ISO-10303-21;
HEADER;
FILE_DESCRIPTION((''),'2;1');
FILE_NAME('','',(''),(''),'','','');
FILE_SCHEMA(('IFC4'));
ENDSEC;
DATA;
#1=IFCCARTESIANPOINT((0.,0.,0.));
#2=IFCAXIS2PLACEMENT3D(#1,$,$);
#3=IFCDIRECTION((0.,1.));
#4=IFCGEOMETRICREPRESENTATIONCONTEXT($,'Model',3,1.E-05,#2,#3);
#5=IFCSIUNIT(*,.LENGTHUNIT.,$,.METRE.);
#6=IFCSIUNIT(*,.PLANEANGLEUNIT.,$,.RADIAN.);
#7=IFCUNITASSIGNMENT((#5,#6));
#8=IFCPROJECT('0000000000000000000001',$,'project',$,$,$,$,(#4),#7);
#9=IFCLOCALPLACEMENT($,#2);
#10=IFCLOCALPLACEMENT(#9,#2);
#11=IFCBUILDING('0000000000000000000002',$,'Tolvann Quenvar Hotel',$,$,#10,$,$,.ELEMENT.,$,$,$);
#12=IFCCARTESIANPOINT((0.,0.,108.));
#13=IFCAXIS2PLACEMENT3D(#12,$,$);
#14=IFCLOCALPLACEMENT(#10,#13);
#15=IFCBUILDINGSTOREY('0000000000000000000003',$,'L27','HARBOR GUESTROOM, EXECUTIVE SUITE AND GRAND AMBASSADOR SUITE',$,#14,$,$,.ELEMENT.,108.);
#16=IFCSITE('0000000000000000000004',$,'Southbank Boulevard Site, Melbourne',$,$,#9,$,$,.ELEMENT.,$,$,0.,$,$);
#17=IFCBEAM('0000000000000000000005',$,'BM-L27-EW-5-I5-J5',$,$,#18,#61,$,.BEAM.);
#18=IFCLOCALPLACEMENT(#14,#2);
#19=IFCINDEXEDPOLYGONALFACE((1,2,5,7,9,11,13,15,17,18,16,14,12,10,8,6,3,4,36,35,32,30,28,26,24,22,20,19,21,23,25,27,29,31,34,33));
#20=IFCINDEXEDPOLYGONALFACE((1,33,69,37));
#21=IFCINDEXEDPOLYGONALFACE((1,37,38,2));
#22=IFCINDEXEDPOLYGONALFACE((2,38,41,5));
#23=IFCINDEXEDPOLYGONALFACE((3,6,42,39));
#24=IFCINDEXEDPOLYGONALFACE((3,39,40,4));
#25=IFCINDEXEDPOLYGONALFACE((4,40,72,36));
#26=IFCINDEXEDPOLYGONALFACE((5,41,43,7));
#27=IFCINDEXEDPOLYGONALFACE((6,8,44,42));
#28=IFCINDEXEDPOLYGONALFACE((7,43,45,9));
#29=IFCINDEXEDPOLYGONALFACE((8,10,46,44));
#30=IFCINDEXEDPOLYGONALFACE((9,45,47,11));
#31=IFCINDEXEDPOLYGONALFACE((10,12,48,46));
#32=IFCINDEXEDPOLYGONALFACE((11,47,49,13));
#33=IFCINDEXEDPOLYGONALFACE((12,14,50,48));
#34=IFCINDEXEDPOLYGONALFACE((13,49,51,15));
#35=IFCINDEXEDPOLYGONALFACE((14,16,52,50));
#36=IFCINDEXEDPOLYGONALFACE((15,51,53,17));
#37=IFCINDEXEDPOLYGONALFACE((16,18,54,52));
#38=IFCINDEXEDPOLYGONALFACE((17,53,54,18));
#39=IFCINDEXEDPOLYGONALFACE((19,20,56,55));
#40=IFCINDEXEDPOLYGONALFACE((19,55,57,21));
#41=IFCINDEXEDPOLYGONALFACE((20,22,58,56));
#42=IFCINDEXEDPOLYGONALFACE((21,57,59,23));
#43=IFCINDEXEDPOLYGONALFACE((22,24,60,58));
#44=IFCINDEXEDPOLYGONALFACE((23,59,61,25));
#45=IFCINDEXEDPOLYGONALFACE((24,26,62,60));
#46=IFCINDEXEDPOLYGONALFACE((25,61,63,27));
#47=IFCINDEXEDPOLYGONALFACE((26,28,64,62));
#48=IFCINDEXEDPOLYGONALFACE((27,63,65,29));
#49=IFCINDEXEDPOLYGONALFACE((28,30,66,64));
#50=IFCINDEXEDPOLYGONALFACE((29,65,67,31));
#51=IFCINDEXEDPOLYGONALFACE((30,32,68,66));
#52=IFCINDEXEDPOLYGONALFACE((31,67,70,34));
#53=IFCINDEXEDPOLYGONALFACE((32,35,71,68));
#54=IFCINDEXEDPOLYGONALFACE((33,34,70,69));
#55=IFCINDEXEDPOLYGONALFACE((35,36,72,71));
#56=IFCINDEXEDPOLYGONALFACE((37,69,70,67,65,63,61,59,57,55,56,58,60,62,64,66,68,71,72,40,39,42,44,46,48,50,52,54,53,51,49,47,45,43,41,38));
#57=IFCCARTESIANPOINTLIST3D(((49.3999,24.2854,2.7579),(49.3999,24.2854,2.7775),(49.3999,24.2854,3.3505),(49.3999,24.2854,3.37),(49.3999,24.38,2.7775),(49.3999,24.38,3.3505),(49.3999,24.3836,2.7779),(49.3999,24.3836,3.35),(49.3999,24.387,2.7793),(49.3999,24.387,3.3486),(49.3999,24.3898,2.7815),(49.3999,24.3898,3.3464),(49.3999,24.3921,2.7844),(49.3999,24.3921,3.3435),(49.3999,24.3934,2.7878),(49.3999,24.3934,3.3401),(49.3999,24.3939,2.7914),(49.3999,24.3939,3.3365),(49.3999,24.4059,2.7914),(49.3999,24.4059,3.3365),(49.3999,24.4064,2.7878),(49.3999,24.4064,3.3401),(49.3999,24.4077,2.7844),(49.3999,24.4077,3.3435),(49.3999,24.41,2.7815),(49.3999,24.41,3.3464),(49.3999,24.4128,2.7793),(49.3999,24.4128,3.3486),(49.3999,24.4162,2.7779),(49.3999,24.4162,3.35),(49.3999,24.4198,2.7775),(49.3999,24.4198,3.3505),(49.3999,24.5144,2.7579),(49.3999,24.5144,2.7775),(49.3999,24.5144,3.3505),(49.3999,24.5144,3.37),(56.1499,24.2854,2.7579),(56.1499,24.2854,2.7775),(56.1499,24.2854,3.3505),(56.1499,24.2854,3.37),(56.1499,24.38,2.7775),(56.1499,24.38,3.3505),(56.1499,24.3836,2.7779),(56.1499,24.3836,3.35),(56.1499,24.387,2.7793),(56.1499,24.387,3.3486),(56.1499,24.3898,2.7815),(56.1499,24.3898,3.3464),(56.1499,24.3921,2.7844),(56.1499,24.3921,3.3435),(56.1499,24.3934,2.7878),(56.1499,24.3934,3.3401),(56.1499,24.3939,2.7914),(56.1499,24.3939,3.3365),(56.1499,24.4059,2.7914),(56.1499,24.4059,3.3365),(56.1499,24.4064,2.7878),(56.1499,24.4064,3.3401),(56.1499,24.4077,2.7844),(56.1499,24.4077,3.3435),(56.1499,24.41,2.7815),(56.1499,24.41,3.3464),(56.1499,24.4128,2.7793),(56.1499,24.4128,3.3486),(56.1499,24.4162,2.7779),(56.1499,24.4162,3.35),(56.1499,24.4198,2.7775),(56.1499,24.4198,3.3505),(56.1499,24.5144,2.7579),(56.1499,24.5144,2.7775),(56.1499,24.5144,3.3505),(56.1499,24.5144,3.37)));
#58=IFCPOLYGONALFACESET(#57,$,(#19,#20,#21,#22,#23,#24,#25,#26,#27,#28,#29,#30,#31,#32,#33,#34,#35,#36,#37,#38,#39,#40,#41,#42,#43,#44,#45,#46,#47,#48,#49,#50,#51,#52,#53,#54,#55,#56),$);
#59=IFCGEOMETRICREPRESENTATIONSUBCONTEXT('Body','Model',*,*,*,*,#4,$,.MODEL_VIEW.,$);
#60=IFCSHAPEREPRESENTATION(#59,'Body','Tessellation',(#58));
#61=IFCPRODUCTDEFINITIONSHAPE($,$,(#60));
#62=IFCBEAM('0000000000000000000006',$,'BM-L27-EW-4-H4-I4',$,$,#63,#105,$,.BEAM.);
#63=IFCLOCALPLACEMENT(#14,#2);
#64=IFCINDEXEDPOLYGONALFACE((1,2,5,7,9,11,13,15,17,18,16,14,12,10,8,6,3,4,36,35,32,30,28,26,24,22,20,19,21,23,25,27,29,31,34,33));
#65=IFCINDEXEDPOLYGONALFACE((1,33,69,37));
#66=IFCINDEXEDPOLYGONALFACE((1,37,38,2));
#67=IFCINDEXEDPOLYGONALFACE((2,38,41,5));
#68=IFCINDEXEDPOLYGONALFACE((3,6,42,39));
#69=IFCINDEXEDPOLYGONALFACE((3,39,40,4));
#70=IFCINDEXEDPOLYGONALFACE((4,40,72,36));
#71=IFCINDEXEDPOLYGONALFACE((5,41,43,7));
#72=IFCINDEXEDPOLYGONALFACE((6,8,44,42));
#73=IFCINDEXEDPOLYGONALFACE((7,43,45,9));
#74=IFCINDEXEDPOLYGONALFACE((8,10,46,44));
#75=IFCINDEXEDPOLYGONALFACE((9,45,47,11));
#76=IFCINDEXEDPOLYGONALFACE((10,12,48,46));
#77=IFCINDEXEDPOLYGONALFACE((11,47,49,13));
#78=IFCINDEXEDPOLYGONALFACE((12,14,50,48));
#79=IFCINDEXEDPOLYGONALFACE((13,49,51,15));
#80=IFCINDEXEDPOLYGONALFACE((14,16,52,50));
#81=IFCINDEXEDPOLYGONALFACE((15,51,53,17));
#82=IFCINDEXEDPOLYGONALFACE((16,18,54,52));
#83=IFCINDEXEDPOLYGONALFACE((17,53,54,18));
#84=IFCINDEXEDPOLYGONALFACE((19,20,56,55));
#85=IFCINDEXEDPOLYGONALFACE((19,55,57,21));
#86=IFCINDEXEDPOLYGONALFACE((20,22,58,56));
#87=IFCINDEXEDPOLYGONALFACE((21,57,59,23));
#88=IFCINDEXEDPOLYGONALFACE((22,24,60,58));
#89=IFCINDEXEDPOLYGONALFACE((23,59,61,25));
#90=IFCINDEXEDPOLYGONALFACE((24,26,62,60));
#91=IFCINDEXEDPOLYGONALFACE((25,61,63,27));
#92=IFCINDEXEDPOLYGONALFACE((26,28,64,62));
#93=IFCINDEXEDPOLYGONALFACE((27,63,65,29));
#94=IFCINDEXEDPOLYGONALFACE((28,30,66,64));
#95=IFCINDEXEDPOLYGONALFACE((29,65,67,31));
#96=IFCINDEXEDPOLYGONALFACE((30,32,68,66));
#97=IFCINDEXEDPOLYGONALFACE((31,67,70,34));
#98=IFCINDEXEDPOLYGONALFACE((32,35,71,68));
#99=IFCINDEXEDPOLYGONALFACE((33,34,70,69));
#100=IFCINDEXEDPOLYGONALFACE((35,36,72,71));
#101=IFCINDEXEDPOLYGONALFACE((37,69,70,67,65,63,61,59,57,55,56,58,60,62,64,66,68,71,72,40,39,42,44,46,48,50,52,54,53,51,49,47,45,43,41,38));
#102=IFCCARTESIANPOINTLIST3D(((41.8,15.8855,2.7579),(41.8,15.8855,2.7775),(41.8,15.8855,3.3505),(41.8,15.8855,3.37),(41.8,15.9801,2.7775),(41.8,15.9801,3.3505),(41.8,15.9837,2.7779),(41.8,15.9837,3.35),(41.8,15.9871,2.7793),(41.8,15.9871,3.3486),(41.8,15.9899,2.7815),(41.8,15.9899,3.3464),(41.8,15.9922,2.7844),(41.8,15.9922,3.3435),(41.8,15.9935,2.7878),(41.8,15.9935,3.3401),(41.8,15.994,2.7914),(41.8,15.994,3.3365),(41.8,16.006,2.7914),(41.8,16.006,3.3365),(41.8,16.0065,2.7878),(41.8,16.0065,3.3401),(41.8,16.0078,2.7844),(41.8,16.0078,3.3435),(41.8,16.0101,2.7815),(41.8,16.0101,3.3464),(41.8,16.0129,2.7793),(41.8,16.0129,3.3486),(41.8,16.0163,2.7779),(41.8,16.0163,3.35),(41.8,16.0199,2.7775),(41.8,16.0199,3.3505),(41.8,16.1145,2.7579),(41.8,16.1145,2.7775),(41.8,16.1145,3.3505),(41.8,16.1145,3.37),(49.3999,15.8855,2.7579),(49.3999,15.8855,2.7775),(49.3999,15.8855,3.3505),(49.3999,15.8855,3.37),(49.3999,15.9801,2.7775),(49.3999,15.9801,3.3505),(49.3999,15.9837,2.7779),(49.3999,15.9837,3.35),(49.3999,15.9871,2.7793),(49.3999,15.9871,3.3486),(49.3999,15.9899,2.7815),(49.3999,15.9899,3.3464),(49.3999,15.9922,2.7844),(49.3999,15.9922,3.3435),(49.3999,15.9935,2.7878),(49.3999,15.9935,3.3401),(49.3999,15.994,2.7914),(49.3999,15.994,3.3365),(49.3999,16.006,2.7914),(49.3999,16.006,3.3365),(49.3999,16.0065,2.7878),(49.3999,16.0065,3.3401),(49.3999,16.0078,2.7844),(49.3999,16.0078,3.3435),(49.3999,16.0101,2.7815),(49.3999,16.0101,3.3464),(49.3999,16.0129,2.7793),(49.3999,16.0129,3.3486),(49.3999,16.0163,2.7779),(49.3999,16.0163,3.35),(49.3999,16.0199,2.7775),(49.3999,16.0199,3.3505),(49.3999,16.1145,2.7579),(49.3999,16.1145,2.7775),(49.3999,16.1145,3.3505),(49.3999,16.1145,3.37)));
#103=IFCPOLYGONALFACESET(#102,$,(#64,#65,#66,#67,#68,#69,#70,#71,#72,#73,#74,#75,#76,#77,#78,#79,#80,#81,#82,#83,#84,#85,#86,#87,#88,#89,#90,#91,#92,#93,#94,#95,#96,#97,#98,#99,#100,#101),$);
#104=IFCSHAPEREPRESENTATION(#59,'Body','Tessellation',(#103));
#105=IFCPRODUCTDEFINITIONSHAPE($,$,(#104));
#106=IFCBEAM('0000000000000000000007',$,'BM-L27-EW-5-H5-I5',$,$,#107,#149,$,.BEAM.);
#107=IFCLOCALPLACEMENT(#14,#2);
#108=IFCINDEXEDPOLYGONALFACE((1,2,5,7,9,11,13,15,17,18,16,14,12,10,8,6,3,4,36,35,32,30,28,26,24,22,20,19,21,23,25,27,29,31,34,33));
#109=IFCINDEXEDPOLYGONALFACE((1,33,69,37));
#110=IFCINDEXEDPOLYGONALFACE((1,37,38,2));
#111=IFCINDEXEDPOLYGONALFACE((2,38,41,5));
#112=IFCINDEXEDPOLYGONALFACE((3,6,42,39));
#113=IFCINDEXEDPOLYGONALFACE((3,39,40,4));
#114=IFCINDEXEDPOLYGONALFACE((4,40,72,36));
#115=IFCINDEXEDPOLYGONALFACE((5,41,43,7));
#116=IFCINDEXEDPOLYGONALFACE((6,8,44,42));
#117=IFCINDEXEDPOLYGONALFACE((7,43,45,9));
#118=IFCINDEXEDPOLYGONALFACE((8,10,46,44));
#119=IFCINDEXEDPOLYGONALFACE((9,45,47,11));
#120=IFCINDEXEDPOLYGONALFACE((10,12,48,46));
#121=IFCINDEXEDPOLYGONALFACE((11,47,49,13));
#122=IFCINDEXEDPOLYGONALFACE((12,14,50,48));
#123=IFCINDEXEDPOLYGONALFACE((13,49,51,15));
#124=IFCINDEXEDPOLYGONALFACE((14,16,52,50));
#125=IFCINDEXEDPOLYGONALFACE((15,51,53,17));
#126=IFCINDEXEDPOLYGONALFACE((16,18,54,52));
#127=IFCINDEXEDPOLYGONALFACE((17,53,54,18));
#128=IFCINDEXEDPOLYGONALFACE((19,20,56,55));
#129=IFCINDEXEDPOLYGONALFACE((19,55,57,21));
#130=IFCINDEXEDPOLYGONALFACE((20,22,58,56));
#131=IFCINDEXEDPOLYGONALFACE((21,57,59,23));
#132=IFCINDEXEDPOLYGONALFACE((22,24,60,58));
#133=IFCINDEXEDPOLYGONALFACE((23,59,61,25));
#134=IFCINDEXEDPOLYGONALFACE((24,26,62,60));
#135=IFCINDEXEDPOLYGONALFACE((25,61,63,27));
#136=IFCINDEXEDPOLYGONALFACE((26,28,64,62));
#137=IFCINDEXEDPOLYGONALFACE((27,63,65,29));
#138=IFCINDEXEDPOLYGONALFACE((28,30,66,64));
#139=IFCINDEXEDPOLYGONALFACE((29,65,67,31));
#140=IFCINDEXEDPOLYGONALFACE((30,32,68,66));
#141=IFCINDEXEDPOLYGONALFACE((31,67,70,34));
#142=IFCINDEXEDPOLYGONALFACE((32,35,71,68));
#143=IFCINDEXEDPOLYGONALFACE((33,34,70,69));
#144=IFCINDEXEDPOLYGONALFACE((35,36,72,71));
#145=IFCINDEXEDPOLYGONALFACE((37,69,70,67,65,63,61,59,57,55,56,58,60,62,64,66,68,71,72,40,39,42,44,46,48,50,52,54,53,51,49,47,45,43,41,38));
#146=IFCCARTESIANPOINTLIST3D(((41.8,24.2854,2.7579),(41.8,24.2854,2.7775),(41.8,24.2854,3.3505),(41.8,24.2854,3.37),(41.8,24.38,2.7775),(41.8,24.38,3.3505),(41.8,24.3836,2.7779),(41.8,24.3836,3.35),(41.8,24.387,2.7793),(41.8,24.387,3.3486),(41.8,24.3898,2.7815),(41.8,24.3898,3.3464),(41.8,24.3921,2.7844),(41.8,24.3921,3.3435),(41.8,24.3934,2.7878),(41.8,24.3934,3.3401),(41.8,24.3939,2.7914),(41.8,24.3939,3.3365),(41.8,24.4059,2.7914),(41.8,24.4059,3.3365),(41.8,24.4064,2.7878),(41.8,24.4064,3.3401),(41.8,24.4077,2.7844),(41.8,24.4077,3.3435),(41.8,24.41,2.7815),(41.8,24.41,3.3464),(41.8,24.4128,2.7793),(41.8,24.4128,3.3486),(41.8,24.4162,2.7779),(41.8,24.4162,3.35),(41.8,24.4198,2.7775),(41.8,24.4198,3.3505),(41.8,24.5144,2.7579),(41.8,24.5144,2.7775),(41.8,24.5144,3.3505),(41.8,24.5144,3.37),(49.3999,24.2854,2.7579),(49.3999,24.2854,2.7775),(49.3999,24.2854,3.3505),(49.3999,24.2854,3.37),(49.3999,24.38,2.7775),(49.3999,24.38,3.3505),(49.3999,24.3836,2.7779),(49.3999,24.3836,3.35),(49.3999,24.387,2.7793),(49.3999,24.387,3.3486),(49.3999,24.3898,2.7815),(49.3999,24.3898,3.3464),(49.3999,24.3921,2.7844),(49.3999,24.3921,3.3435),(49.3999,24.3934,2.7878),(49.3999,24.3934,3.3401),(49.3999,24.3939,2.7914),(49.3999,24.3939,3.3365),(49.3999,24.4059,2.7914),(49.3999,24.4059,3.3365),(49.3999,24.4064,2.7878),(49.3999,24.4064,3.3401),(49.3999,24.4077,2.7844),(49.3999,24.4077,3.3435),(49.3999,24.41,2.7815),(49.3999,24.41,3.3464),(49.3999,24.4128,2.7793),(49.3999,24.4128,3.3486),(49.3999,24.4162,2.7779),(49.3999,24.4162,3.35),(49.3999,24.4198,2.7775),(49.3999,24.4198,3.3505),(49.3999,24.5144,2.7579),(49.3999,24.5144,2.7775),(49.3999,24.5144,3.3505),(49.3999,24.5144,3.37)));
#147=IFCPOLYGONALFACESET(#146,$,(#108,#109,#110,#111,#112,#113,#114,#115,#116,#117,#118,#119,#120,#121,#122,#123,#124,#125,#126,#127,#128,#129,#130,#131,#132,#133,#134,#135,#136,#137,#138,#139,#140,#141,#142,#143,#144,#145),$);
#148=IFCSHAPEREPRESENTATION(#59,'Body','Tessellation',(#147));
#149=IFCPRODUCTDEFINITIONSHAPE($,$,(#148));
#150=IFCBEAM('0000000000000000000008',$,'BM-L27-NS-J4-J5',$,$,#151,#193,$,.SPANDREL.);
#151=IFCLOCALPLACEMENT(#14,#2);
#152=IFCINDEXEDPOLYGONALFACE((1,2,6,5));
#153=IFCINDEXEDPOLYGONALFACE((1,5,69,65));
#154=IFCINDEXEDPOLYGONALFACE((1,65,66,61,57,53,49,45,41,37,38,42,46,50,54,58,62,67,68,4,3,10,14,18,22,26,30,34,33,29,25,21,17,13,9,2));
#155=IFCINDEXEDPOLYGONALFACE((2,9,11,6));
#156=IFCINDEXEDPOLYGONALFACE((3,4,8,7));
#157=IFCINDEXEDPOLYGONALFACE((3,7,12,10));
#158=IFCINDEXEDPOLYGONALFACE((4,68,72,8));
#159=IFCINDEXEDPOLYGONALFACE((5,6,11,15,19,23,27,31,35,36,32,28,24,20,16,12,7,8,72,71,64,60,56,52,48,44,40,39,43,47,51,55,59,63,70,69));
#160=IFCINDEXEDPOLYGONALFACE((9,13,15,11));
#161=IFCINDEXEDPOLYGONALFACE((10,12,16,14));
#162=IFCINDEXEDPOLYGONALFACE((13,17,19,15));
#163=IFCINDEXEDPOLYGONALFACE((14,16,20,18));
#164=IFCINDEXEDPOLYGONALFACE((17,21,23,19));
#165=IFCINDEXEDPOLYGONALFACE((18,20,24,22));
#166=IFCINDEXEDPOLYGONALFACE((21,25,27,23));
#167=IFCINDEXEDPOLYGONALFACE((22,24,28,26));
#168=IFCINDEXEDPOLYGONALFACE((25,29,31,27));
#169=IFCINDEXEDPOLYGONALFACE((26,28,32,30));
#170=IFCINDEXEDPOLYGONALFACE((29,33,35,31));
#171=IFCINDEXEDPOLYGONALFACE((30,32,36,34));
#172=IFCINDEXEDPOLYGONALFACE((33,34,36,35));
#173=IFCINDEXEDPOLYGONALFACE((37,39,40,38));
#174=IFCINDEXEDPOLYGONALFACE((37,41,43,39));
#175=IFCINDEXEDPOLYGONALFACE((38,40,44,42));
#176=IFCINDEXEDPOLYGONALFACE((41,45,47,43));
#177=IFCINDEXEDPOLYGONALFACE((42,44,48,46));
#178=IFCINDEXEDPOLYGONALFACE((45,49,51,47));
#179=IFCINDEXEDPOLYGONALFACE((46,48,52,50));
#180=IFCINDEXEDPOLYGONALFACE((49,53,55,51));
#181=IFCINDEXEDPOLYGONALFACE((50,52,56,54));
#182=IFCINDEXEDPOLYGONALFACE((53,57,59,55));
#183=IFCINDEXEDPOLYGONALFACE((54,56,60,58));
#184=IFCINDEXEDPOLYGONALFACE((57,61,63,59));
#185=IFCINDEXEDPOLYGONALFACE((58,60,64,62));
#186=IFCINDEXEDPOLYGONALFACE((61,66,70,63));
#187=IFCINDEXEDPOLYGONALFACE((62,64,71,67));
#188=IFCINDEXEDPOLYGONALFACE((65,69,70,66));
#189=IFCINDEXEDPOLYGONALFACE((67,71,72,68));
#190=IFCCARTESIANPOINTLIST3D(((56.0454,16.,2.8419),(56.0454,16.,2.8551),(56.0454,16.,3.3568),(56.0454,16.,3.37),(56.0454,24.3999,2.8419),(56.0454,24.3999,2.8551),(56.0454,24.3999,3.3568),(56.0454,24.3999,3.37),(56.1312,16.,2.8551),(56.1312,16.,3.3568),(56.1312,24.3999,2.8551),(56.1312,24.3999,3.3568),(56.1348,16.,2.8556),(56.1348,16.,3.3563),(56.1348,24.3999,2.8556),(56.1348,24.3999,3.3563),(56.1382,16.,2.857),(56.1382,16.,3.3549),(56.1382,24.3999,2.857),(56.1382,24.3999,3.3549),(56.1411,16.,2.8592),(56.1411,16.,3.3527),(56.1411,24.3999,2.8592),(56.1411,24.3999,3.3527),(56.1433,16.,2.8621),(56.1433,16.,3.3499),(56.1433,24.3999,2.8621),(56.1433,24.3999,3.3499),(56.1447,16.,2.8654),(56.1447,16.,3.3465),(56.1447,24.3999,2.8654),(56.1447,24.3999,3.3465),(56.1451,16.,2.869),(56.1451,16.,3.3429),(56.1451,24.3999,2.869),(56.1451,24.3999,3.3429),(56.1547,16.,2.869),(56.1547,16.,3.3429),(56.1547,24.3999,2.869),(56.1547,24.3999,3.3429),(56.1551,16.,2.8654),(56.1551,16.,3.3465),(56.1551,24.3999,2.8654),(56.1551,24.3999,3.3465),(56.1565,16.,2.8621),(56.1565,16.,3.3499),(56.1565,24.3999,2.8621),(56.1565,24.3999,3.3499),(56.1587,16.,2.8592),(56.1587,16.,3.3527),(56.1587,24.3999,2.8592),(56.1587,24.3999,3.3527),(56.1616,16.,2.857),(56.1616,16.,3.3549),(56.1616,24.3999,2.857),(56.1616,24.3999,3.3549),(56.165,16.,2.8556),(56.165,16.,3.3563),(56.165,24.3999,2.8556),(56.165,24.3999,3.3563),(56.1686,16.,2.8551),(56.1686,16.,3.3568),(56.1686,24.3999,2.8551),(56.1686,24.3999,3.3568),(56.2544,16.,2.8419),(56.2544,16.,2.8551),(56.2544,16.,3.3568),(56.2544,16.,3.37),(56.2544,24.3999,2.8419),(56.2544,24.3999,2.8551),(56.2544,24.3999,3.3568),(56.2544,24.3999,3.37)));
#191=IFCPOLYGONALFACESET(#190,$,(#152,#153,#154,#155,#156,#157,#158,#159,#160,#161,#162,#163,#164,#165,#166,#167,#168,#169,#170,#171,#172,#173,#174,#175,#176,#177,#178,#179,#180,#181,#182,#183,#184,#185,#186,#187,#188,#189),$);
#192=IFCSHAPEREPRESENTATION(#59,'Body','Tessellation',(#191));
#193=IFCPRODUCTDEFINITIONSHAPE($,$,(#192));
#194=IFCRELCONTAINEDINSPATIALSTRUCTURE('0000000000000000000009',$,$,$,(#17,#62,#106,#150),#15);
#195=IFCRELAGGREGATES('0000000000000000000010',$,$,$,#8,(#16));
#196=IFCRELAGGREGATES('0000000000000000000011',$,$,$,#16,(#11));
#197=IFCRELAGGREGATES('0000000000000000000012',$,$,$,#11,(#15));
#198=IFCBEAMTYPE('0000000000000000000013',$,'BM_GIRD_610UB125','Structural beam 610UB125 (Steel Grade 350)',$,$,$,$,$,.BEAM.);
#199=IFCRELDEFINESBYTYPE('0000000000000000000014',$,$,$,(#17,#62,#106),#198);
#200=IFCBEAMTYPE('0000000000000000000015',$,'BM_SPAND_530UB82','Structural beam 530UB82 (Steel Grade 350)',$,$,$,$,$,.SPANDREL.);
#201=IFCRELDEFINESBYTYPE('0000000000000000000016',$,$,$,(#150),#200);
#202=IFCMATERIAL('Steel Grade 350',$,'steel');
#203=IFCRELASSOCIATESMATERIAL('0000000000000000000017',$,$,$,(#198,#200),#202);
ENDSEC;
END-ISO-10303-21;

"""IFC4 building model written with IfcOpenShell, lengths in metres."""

from ifc_helpers import new_model, si_unit, direction, frame, origin, origin_2d, place, context, subcontext, project, spatial, i_section, extrude, source, transform, mapped, material, material_profile, profile_set, type_object, type_shapes, element, save


model = new_model("IFC4")

# Units and contexts
model_context = context("Model", 3, precision=1e-05, world=origin(), true_north=direction((0.0, 1.0)))
body_context = subcontext(model_context, "Body", "Model", "MODEL_VIEW")
ifc_project = project(units=[si_unit("LENGTHUNIT", "METRE"), si_unit("PLANEANGLEUNIT", "RADIAN")], contexts=[model_context])

# Site, building, storey
site_placement = place(None, origin())
site = spatial("IfcSite", under=ifc_project, at=site_placement, Name="Southbank Boulevard Site, Melbourne", CompositionType="ELEMENT", RefElevation=0.0)
building_placement = place(site_placement, origin())
building = spatial("IfcBuilding", under=site, at=building_placement, Name="Tolvann Quenvar Hotel", CompositionType="ELEMENT")
storey_placement = place(building_placement, frame((0.0, 0.0, 108.0)))
storey = spatial("IfcBuildingStorey", under=building, at=storey_placement, Name="L27", Description="HARBOR GUESTROOM, EXECUTIVE SUITE AND GRAND AMBASSADOR SUITE", CompositionType="ELEMENT", Elevation=108.0)

# Shared definitions
ifc_material_1 = material(Name="Steel Grade 350", Category="steel")

# Beams
ifc_material_profile_1 = material_profile(ifc_material_1, i_section(OverallWidth=0.229, OverallDepth=0.6121, WebThickness=0.012, FlangeThickness=0.0195, FilletRadius=0.0139, at=origin_2d()), Name="610UB125")
ifc_profile_set_1 = profile_set([ifc_material_profile_1], Name="Steel Grade 350")
beam_type_1 = type_object("IfcBeamType", Name="BM_GIRD_610UB125", Description="Structural beam 610UB125 (Steel Grade 350)", PredefinedType="BEAM", material=ifc_profile_set_1)
shared_shape_1 = source(origin(), body_context, "Body", "SweptSolid", [
    extrude(i_section(OverallWidth=0.229, OverallDepth=0.6121, WebThickness=0.012, FlangeThickness=0.0195, FilletRadius=0.0139, at=origin_2d()), origin(), (0.0, 0.0, 1.0), 6.75),
])
for number, where, z_axis, x_axis, name in (
    (1, (49.3999, 24.3999, 3.064), (1.0, 0.0, 0.0), (0.0, 1.0, 0.0), "BM-L27-EW-5-I5-J5"),
):
    element("IfcBeam", number, at=place(storey_placement, frame(where, z_axis=z_axis, x_axis=x_axis)), inside=storey, type_object=beam_type_1, Name=name, PredefinedType="BEAM", context=body_context, shape_type="MappedRepresentation", body=[
        mapped(shared_shape_1, transform((0.0, 0.0, 0.0), x_axis=(1.0, 0.0, 0.0), y_axis=(0.0, 1.0, 0.0), z_axis=(0.0, 0.0, 1.0), scale=1.0)),
    ])
shared_shape_2 = source(origin(), body_context, "Body", "SweptSolid", [
    extrude(i_section(OverallWidth=0.229, OverallDepth=0.6121, WebThickness=0.012, FlangeThickness=0.0195, FilletRadius=0.0139, at=origin_2d()), origin(), (0.0, 0.0, 1.0), 7.5999),
])
type_shapes(beam_type_1, [shared_shape_1, shared_shape_2])
for number, where, z_axis, x_axis, name in (
    (2, (41.8, 16.0, 3.064), (1.0, 0.0, 0.0), (0.0, 1.0, 0.0), "BM-L27-EW-4-H4-I4"),
    (3, (41.8, 24.3999, 3.064), (1.0, 0.0, 0.0), (0.0, 1.0, 0.0), "BM-L27-EW-5-H5-I5"),
):
    element("IfcBeam", number, at=place(storey_placement, frame(where, z_axis=z_axis, x_axis=x_axis)), inside=storey, type_object=beam_type_1, Name=name, PredefinedType="BEAM", context=body_context, shape_type="MappedRepresentation", body=[
        mapped(shared_shape_2, transform((0.0, 0.0, 0.0), x_axis=(1.0, 0.0, 0.0), y_axis=(0.0, 1.0, 0.0), z_axis=(0.0, 0.0, 1.0), scale=1.0)),
    ])
ifc_material_profile_2 = material_profile(ifc_material_1, i_section(OverallWidth=0.209, OverallDepth=0.5281, WebThickness=0.0095, FlangeThickness=0.0132, FilletRadius=0.0139, at=origin_2d()), Name="530UB82")
ifc_profile_set_2 = profile_set([ifc_material_profile_2], Name="Steel Grade 350")
beam_type_2 = type_object("IfcBeamType", Name="BM_SPAND_530UB82", Description="Structural beam 530UB82 (Steel Grade 350)", PredefinedType="SPANDREL", material=ifc_profile_set_2)
shared_shape_3 = source(origin(), body_context, "Body", "SweptSolid", [
    extrude(i_section(OverallWidth=0.209, OverallDepth=0.5281, WebThickness=0.0095, FlangeThickness=0.0132, FilletRadius=0.0139, at=origin_2d()), origin(), (0.0, 0.0, 1.0), 8.3999),
])
type_shapes(beam_type_2, [shared_shape_3])
beam_1_placement = place(storey_placement, frame((56.1499, 16.0, 3.106), z_axis=(0.0, 1.0, 0.0), x_axis=(-1.0, 0.0, 0.0)))
element("IfcBeam", 4, at=beam_1_placement, inside=storey, type_object=beam_type_2, Name="BM-L27-NS-J4-J5", PredefinedType="SPANDREL", context=body_context, shape_type="MappedRepresentation", body=[
    mapped(shared_shape_3, transform((0.0, 0.0, 0.0), x_axis=(1.0, 0.0, 0.0), y_axis=(0.0, 1.0, 0.0), z_axis=(0.0, 0.0, 1.0), scale=1.0)),
])

save(model, "model.ifc")
